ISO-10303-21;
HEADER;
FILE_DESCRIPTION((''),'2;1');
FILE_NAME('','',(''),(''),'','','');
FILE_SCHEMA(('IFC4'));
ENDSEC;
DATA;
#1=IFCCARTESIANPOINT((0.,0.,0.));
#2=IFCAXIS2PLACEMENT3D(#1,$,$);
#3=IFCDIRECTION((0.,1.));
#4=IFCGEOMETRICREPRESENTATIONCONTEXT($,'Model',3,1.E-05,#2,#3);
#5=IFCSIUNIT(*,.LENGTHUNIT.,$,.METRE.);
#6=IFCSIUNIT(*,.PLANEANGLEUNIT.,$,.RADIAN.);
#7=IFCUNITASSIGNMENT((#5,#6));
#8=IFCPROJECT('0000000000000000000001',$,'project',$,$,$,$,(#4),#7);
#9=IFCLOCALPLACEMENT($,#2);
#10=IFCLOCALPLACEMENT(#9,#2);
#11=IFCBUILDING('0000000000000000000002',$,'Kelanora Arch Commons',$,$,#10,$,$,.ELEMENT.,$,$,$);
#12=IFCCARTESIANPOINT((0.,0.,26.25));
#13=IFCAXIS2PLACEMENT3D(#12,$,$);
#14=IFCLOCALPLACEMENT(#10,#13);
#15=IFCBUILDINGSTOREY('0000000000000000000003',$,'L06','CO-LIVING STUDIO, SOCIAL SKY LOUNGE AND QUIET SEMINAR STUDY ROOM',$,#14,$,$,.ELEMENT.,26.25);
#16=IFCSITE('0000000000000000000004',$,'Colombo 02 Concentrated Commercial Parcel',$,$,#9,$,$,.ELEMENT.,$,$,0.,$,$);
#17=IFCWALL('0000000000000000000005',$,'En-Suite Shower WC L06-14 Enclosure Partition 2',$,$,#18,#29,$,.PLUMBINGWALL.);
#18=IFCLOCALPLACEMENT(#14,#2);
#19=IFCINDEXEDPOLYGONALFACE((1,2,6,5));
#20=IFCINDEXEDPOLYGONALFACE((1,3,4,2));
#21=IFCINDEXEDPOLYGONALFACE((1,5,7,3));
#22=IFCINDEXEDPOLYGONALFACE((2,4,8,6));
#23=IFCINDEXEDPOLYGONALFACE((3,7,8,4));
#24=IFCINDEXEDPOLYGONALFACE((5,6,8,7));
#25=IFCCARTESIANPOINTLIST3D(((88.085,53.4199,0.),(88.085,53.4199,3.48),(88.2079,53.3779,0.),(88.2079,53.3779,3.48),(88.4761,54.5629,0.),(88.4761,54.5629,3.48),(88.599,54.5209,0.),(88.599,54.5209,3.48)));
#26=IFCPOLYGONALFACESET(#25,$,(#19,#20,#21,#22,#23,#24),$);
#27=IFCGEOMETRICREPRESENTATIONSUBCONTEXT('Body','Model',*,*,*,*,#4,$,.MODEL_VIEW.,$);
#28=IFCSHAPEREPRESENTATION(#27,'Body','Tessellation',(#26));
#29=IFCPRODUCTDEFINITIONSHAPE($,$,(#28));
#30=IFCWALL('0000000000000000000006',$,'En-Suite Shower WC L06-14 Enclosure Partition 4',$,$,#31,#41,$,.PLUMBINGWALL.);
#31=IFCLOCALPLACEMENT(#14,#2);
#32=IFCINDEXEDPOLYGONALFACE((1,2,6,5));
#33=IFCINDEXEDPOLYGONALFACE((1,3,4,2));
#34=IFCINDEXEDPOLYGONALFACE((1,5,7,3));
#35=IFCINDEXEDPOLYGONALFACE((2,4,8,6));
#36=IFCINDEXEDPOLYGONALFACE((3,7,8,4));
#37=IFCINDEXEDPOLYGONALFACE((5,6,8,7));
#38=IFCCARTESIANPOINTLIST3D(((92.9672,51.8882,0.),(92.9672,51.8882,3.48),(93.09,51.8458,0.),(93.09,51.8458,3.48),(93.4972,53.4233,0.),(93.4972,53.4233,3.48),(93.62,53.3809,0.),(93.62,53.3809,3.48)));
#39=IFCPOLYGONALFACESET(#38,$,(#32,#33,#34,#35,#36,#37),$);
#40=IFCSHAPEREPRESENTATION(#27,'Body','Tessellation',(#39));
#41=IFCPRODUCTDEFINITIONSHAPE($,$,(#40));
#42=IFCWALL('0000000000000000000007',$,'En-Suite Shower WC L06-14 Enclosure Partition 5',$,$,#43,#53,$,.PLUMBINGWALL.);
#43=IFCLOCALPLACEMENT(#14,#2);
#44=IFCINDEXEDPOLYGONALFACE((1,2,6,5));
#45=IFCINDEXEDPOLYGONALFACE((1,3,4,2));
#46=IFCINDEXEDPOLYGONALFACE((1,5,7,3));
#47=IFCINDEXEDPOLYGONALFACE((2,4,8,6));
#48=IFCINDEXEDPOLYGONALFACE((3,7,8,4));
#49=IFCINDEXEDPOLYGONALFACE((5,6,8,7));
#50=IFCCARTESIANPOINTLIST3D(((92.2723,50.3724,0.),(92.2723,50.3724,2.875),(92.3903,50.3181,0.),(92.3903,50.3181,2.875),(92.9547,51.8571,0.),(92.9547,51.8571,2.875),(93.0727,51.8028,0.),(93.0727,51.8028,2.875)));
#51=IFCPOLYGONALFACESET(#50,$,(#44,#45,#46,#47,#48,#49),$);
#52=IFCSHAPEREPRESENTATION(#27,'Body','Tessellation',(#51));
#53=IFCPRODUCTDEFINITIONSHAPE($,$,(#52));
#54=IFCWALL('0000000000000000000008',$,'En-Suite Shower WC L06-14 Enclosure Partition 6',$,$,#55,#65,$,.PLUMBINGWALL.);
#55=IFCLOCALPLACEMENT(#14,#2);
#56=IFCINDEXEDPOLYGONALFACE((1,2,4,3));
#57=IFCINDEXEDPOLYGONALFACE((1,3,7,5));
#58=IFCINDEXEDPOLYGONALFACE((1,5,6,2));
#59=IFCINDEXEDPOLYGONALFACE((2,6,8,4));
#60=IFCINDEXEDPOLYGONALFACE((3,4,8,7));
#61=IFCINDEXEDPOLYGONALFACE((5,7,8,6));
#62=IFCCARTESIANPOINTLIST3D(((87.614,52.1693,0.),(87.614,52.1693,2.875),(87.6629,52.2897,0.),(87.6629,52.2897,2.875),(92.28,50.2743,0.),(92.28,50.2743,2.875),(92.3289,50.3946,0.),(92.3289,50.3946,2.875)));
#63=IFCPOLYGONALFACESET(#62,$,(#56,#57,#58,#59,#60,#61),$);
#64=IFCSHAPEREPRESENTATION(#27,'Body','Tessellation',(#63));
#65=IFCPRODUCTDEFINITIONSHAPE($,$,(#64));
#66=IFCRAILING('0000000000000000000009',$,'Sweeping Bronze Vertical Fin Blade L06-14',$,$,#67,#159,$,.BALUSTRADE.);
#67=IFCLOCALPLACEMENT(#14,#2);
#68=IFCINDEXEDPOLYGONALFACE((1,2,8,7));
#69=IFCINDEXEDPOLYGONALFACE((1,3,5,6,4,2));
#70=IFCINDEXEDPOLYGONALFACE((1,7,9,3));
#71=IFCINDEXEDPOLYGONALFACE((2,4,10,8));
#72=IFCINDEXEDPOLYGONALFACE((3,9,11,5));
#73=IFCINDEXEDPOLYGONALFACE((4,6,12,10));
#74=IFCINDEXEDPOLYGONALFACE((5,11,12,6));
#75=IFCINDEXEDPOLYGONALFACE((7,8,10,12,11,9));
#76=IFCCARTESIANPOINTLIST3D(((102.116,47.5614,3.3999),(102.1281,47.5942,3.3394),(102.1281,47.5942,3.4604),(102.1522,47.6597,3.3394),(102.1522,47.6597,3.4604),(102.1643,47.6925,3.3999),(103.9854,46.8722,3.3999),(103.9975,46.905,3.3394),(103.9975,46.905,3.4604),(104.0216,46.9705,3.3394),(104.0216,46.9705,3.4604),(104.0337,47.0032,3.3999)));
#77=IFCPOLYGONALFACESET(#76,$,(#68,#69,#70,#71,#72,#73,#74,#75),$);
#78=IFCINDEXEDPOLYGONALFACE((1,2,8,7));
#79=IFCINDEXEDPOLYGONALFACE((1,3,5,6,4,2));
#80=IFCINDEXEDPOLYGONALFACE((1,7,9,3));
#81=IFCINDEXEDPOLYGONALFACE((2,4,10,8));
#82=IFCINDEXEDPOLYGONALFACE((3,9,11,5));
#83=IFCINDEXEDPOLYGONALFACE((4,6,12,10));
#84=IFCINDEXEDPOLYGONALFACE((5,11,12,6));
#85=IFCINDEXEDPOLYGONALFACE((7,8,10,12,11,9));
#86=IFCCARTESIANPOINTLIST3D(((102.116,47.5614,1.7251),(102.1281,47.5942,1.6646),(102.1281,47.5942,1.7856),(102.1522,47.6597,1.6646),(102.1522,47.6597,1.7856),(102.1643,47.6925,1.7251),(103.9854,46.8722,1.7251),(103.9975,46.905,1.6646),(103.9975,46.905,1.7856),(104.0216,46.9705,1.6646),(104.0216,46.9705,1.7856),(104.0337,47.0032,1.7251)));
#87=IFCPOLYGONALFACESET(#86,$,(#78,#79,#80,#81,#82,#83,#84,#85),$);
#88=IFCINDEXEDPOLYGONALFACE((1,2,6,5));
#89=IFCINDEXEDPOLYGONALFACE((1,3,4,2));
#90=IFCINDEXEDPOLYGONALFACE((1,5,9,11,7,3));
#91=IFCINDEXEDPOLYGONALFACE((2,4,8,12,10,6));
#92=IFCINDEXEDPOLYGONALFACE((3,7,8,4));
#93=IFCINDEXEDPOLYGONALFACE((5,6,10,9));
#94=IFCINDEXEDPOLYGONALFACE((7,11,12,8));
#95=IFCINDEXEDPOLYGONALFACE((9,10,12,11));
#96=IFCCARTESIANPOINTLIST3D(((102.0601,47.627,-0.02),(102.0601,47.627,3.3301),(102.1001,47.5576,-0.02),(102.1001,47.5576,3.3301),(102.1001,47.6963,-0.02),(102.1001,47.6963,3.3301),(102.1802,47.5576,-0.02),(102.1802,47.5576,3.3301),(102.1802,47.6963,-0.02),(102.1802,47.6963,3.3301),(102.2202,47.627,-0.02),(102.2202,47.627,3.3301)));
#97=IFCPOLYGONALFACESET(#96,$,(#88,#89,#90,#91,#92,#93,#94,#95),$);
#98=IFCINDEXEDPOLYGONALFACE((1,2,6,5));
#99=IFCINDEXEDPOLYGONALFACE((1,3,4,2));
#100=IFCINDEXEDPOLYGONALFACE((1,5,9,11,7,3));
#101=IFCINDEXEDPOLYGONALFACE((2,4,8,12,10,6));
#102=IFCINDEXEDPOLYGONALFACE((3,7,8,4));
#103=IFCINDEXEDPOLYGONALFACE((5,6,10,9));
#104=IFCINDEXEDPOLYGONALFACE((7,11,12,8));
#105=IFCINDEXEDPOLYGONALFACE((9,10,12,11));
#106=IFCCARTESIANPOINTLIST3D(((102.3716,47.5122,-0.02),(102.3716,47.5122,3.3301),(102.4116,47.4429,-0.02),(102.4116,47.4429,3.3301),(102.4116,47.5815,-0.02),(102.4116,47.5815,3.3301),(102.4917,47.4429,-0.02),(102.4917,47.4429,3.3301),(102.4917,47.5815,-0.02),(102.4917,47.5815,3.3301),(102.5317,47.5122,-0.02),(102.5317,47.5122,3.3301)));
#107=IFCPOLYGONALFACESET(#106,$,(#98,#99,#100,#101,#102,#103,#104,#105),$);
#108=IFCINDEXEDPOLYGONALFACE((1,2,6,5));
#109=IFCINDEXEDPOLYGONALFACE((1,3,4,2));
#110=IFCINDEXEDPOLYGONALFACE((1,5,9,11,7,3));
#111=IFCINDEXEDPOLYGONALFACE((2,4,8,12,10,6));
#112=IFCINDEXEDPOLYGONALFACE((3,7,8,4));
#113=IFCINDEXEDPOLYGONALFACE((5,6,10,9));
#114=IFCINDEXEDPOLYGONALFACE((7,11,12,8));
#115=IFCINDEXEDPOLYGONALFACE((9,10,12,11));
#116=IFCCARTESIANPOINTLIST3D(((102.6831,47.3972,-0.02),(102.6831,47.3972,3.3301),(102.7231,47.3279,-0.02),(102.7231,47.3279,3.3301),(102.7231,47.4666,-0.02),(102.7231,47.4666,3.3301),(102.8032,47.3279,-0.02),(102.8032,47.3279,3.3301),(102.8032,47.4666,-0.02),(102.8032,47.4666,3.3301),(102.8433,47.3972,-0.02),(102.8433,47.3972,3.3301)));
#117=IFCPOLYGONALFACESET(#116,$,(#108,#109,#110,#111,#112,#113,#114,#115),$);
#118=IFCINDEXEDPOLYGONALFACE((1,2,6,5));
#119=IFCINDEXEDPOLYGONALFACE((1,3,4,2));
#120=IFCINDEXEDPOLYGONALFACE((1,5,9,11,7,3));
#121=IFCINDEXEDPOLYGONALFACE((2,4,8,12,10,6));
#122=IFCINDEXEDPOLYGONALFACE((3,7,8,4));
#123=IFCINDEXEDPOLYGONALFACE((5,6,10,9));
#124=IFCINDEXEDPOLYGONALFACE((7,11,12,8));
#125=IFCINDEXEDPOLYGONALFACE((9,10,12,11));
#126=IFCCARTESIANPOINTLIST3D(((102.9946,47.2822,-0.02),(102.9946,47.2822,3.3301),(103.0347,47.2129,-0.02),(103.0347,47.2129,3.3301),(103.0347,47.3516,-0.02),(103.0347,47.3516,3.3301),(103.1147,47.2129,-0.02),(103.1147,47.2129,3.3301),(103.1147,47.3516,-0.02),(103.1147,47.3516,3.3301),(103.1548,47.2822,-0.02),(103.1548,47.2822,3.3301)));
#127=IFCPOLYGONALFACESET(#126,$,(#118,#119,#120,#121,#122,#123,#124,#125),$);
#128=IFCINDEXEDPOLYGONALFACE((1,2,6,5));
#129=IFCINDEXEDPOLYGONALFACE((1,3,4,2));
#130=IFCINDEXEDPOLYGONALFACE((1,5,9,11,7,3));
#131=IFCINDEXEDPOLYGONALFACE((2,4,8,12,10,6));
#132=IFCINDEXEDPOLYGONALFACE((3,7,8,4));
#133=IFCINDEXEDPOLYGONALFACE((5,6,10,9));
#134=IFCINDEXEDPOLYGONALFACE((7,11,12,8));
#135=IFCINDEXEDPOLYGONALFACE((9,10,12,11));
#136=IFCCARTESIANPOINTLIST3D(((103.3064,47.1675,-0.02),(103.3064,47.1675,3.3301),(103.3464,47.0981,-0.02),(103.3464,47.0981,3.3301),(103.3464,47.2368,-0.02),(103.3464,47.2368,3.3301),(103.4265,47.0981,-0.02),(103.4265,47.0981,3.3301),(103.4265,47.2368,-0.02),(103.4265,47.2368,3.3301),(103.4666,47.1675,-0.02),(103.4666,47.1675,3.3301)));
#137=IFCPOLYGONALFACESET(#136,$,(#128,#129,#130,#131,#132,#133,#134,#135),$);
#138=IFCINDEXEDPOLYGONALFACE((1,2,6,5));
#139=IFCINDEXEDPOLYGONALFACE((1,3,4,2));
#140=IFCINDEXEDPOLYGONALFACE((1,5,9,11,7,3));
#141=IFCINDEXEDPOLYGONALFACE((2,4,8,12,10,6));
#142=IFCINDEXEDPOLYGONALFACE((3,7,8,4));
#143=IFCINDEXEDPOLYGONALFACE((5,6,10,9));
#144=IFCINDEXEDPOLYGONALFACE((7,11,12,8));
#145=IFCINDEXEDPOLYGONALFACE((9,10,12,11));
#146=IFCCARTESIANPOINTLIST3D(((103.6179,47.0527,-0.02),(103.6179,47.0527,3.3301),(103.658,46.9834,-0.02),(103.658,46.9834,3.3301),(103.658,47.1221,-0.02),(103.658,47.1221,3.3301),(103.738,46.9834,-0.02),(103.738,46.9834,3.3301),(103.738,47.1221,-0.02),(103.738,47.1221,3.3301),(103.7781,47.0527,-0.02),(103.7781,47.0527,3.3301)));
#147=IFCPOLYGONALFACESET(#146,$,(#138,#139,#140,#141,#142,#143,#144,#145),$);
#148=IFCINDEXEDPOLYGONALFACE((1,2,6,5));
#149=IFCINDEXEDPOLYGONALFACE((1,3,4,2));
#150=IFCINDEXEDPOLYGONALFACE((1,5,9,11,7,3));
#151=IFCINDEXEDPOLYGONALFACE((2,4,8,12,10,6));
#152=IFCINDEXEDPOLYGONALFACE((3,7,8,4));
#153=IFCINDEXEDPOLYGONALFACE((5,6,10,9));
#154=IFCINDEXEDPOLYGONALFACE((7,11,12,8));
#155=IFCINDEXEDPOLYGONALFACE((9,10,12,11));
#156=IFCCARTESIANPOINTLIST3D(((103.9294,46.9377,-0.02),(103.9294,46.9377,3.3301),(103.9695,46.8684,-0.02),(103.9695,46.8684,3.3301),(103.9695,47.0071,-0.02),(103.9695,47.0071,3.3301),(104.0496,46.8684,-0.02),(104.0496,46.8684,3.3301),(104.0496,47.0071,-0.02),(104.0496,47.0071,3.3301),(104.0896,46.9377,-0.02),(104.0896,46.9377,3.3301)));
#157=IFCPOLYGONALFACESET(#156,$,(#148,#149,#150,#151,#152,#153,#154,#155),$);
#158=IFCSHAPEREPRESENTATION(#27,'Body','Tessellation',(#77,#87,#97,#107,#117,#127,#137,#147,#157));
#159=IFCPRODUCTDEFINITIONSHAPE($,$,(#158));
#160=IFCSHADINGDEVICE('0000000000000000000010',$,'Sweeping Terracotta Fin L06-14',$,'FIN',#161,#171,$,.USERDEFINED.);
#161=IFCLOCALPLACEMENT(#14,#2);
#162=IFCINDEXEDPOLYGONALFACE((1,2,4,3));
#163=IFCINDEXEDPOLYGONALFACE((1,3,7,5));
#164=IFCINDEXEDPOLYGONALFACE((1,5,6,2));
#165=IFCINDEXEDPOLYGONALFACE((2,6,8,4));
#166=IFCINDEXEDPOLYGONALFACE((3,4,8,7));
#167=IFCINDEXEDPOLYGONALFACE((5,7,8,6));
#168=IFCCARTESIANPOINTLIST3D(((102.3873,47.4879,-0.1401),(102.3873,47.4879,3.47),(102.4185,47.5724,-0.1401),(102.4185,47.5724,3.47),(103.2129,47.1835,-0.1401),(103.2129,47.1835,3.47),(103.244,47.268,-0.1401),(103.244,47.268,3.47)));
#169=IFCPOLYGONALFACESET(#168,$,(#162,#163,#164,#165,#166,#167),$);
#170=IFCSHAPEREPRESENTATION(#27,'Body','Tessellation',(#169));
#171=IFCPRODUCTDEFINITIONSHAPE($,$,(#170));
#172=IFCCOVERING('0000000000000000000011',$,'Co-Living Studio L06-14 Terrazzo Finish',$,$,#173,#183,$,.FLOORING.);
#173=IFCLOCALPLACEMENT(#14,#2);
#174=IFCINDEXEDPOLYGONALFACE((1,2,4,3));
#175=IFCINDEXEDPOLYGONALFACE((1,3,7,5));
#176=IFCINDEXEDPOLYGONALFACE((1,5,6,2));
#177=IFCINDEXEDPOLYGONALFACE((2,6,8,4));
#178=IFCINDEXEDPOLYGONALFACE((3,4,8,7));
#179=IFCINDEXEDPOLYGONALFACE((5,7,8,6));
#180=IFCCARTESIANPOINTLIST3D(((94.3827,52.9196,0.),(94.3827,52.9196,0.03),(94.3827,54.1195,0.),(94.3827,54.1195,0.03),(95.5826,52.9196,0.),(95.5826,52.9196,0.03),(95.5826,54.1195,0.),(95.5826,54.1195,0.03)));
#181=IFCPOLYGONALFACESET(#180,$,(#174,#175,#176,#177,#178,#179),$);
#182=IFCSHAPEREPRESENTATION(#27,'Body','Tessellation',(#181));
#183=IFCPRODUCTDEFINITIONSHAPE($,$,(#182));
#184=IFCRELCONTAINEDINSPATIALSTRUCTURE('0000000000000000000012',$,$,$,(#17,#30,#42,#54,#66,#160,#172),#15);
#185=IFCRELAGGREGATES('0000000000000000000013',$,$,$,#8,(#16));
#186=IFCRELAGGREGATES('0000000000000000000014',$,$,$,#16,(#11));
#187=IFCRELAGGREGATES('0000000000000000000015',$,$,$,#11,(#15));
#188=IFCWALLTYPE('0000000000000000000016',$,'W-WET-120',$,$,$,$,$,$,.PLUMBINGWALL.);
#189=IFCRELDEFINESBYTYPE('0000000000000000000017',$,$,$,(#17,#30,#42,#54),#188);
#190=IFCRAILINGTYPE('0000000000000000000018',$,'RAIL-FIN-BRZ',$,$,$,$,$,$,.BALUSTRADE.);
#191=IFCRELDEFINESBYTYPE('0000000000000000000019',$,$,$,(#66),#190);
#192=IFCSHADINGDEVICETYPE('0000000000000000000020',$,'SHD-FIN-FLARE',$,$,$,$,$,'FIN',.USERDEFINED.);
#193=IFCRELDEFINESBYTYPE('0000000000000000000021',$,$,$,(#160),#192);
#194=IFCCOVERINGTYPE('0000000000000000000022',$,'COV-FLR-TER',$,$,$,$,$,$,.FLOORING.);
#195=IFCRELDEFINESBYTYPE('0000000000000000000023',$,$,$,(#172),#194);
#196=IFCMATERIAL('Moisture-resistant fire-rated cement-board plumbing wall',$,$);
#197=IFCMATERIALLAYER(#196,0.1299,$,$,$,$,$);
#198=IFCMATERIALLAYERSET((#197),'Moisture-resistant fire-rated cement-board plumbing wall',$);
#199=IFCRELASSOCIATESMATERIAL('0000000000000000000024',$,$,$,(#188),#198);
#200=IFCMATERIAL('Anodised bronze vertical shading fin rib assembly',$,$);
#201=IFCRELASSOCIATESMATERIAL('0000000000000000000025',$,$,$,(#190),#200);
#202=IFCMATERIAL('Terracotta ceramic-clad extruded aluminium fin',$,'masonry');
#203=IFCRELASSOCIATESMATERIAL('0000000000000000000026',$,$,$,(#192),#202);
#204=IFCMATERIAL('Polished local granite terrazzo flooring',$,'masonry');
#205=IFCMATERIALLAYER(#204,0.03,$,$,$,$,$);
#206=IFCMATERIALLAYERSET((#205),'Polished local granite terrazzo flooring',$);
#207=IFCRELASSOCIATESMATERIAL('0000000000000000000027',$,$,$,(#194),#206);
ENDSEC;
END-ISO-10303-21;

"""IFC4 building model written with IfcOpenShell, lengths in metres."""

from ifc_helpers import new_model, si_unit, direction, frame, frame_2d, origin, origin_2d, place, context, subcontext, project, spatial, polyline, rectangle, outline, extrude, source, transform, mapped, material, layer, layer_set, type_object, element, save


model = new_model("IFC4")

# Units and contexts
model_context = context("Model", 3, precision=1e-05, world=origin(), true_north=direction((0.0, 1.0)))
body_context = subcontext(model_context, "Body", "Model", "MODEL_VIEW")
ifc_project = project(units=[si_unit("LENGTHUNIT", "METRE"), si_unit("PLANEANGLEUNIT", "RADIAN")], contexts=[model_context])

# Site, building, storey
site_placement = place(None, origin())
site = spatial("IfcSite", under=ifc_project, at=site_placement, Name="Colombo 02 Concentrated Commercial Parcel", CompositionType="ELEMENT", RefElevation=0.0)
building_placement = place(site_placement, origin())
building = spatial("IfcBuilding", under=site, at=building_placement, Name="Kelanora Arch Commons", CompositionType="ELEMENT")
storey_placement = place(building_placement, frame((0.0, 0.0, 26.25)))
storey = spatial("IfcBuildingStorey", under=building, at=storey_placement, Name="L06", Description="CO-LIVING STUDIO, SOCIAL SKY LOUNGE AND QUIET SEMINAR STUDY ROOM", CompositionType="ELEMENT", Elevation=26.25)

# Shared definitions
ifc_material_1 = material(Name="Moisture-resistant fire-rated cement-board plumbing wall")
ifc_layer_1 = layer(ifc_material_1, 0.1299)
ifc_layer_set_1 = layer_set([ifc_layer_1], Name="Moisture-resistant fire-rated cement-board plumbing wall")
wall_type_1 = type_object("IfcWallType", Name="W-WET-120", PredefinedType="PLUMBINGWALL", material=ifc_layer_set_1)

# Walls
wall_1_placement = place(storey_placement, frame((88.1465, 53.3989, 0.0), z_axis=(0.0, 0.0, 1.0), x_axis=(0.323735, 0.946148, 0.0)))
element("IfcWall", 1, at=wall_1_placement, inside=storey, type_object=wall_type_1, Name="En-Suite Shower WC L06-14 Enclosure Partition 2", PredefinedType="PLUMBINGWALL", context=body_context, shape_type="SweptSolid", body=[
    extrude(rectangle(XDim=1.208, YDim=0.1299, at=frame_2d((0.604, 0.0))), origin(), (0.0, 0.0, 1.0), 3.48),
])
wall_2_placement = place(storey_placement, frame((93.5586, 53.4021, 0.0), z_axis=(0.0, 0.0, 1.0), x_axis=(-0.326357, -0.945247, 0.0)))
element("IfcWall", 2, at=wall_2_placement, inside=storey, type_object=wall_type_1, Name="En-Suite Shower WC L06-14 Enclosure Partition 4", PredefinedType="PLUMBINGWALL", context=body_context, shape_type="SweptSolid", body=[
    extrude(rectangle(XDim=1.624, YDim=0.1299, at=frame_2d((0.812, 0.0))), origin(), (0.0, 0.0, 1.0), 3.48),
])
wall_3_placement = place(storey_placement, frame((93.0137, 51.8298, 0.0), z_axis=(0.0, 0.0, 1.0), x_axis=(-0.417627, -0.908619, 0.0)))
element("IfcWall", 3, at=wall_3_placement, inside=storey, type_object=wall_type_1, Name="En-Suite Shower WC L06-14 Enclosure Partition 5", PredefinedType="PLUMBINGWALL", context=body_context, shape_type="SweptSolid", body=[
    extrude(rectangle(XDim=1.634, YDim=0.1299, at=frame_2d((0.8169, 0.0))), origin(), (0.0, 0.0, 1.0), 2.875),
])
wall_4_placement = place(storey_placement, frame((92.3044, 50.3345, 0.0), z_axis=(0.0, 0.0, 1.0), x_axis=(-0.926505, 0.376283, 0.0)))
element("IfcWall", 4, at=wall_4_placement, inside=storey, type_object=wall_type_1, Name="En-Suite Shower WC L06-14 Enclosure Partition 6", PredefinedType="PLUMBINGWALL", context=body_context, shape_type="SweptSolid", body=[
    extrude(rectangle(XDim=5.0361, YDim=0.1299, at=frame_2d((2.5181, 0.0))), origin(), (0.0, 0.0, 1.0), 2.875),
])

# Railing
ifc_material_2 = material(Name="Anodised bronze vertical shading fin rib assembly")
railing_type = type_object("IfcRailingType", Name="RAIL-FIN-BRZ", PredefinedType="BALUSTRADE", material=ifc_material_2)
railing_placement = place(storey_placement, frame((102.1401, 47.627, -0.02)))
element("IfcRailing", 5, at=railing_placement, inside=storey, type_object=railing_type, Name="Sweeping Bronze Vertical Fin Blade L06-14", PredefinedType="BALUSTRADE", context=body_context, shape_type="SweptSolid", body=[
    extrude(outline(polyline([(0.0698, 0.0), (0.0349, 0.0605), (-0.0349, 0.0605), (-0.0698, 0.0), (-0.0349, -0.0605), (0.0349, -0.0605), (0.0698, 0.0)])), frame((0.0, 0.0, 3.4199), z_axis=(0.938264, -0.345921, 0.0), x_axis=(0.345921, 0.938264, 0.0)), (0.0, 0.0, 1.0), 1.9924),
    extrude(outline(polyline([(0.0698, 0.0), (0.0349, 0.0605), (-0.0349, 0.0605), (-0.0698, 0.0), (-0.0349, -0.0605), (0.0349, -0.0605), (0.0698, 0.0)])), frame((0.0, 0.0, 1.7451), z_axis=(0.938264, -0.345921, 0.0), x_axis=(0.345921, 0.938264, 0.0)), (0.0, 0.0, 1.0), 1.9924),
    extrude(outline(polyline([(0.0801, 0.0), (0.04, 0.0693), (-0.04, 0.0693), (-0.0801, 0.0), (-0.04, -0.0693), (0.04, -0.0693), (0.0801, 0.0)])), origin(), (0.0, 0.0, 1.0), 3.3501),
    extrude(outline(polyline([(0.0801, 0.0), (0.04, 0.0693), (-0.04, 0.0693), (-0.0801, 0.0), (-0.04, -0.0693), (0.04, -0.0693), (0.0801, 0.0)])), frame((0.3115, -0.1147, 0.0)), (0.0, 0.0, 1.0), 3.3501),
    extrude(outline(polyline([(0.0801, 0.0), (0.04, 0.0693), (-0.04, 0.0693), (-0.0801, 0.0), (-0.04, -0.0693), (0.04, -0.0693), (0.0801, 0.0)])), frame((0.623, -0.2297, 0.0)), (0.0, 0.0, 1.0), 3.3501),
    extrude(outline(polyline([(0.0801, 0.0), (0.04, 0.0693), (-0.04, 0.0693), (-0.0801, 0.0), (-0.04, -0.0693), (0.04, -0.0693), (0.0801, 0.0)])), frame((0.9346, -0.3447, 0.0)), (0.0, 0.0, 1.0), 3.3501),
    extrude(outline(polyline([(0.0801, 0.0), (0.04, 0.0693), (-0.04, 0.0693), (-0.0801, 0.0), (-0.04, -0.0693), (0.04, -0.0693), (0.0801, 0.0)])), frame((1.2463, -0.4595, 0.0)), (0.0, 0.0, 1.0), 3.3501),
    extrude(outline(polyline([(0.0801, 0.0), (0.04, 0.0693), (-0.04, 0.0693), (-0.0801, 0.0), (-0.04, -0.0693), (0.04, -0.0693), (0.0801, 0.0)])), frame((1.5579, -0.5742, 0.0)), (0.0, 0.0, 1.0), 3.3501),
    extrude(outline(polyline([(0.0801, 0.0), (0.04, 0.0693), (-0.04, 0.0693), (-0.0801, 0.0), (-0.04, -0.0693), (0.04, -0.0693), (0.0801, 0.0)])), frame((1.8694, -0.6892, 0.0)), (0.0, 0.0, 1.0), 3.3501),
])

# Shading device
ifc_material_3 = material(Name="Terracotta ceramic-clad extruded aluminium fin", Category="masonry")
shading_device_type = type_object("IfcShadingDeviceType", Name="SHD-FIN-FLARE", ElementType="FIN", PredefinedType="USERDEFINED", material=ifc_material_3)
shared_shape_1 = source(origin(), body_context, "Body", "SweptSolid", [
    extrude(rectangle(XDim=0.8799, YDim=0.0901, at=origin_2d()), origin(), (0.0, 0.0, 1.0), 3.6101),
])
shading_device_placement = place(storey_placement, frame((102.8157, 47.3779, -0.1401), z_axis=(0.0, 0.0, 1.0), x_axis=(0.938252, -0.345953, 0.0)))
element("IfcShadingDevice", 6, at=shading_device_placement, inside=storey, type_object=shading_device_type, Name="Sweeping Terracotta Fin L06-14", ObjectType="FIN", PredefinedType="USERDEFINED", context=body_context, shape_type="MappedRepresentation", body=[
    mapped(shared_shape_1, transform((0.0, 0.0, 0.0), scale=1.0)),
])

# Covering
ifc_material_4 = material(Name="Polished local granite terrazzo flooring", Category="masonry")
ifc_layer_2 = layer(ifc_material_4, 0.03)
ifc_layer_set_2 = layer_set([ifc_layer_2], Name="Polished local granite terrazzo flooring")
covering_type = type_object("IfcCoveringType", Name="COV-FLR-TER", PredefinedType="FLOORING", material=ifc_layer_set_2)
shared_shape_2 = source(origin(), body_context, "Body", "SweptSolid", [
    extrude(rectangle(XDim=1.2, YDim=1.2, at=origin_2d()), origin(), (0.0, 0.0, 1.0), 0.03),
])
covering_placement = place(storey_placement, frame((94.9827, 53.5195, 0.0), z_axis=(0.0, 0.0, 1.0), x_axis=(1.0, 0.0, 0.0)))
element("IfcCovering", 7, at=covering_placement, inside=storey, type_object=covering_type, Name="Co-Living Studio L06-14 Terrazzo Finish", PredefinedType="FLOORING", context=body_context, shape_type="MappedRepresentation", body=[
    mapped(shared_shape_2, transform((0.0, 0.0, 0.0), scale=1.0)),
])

save(model, "model.ifc")
